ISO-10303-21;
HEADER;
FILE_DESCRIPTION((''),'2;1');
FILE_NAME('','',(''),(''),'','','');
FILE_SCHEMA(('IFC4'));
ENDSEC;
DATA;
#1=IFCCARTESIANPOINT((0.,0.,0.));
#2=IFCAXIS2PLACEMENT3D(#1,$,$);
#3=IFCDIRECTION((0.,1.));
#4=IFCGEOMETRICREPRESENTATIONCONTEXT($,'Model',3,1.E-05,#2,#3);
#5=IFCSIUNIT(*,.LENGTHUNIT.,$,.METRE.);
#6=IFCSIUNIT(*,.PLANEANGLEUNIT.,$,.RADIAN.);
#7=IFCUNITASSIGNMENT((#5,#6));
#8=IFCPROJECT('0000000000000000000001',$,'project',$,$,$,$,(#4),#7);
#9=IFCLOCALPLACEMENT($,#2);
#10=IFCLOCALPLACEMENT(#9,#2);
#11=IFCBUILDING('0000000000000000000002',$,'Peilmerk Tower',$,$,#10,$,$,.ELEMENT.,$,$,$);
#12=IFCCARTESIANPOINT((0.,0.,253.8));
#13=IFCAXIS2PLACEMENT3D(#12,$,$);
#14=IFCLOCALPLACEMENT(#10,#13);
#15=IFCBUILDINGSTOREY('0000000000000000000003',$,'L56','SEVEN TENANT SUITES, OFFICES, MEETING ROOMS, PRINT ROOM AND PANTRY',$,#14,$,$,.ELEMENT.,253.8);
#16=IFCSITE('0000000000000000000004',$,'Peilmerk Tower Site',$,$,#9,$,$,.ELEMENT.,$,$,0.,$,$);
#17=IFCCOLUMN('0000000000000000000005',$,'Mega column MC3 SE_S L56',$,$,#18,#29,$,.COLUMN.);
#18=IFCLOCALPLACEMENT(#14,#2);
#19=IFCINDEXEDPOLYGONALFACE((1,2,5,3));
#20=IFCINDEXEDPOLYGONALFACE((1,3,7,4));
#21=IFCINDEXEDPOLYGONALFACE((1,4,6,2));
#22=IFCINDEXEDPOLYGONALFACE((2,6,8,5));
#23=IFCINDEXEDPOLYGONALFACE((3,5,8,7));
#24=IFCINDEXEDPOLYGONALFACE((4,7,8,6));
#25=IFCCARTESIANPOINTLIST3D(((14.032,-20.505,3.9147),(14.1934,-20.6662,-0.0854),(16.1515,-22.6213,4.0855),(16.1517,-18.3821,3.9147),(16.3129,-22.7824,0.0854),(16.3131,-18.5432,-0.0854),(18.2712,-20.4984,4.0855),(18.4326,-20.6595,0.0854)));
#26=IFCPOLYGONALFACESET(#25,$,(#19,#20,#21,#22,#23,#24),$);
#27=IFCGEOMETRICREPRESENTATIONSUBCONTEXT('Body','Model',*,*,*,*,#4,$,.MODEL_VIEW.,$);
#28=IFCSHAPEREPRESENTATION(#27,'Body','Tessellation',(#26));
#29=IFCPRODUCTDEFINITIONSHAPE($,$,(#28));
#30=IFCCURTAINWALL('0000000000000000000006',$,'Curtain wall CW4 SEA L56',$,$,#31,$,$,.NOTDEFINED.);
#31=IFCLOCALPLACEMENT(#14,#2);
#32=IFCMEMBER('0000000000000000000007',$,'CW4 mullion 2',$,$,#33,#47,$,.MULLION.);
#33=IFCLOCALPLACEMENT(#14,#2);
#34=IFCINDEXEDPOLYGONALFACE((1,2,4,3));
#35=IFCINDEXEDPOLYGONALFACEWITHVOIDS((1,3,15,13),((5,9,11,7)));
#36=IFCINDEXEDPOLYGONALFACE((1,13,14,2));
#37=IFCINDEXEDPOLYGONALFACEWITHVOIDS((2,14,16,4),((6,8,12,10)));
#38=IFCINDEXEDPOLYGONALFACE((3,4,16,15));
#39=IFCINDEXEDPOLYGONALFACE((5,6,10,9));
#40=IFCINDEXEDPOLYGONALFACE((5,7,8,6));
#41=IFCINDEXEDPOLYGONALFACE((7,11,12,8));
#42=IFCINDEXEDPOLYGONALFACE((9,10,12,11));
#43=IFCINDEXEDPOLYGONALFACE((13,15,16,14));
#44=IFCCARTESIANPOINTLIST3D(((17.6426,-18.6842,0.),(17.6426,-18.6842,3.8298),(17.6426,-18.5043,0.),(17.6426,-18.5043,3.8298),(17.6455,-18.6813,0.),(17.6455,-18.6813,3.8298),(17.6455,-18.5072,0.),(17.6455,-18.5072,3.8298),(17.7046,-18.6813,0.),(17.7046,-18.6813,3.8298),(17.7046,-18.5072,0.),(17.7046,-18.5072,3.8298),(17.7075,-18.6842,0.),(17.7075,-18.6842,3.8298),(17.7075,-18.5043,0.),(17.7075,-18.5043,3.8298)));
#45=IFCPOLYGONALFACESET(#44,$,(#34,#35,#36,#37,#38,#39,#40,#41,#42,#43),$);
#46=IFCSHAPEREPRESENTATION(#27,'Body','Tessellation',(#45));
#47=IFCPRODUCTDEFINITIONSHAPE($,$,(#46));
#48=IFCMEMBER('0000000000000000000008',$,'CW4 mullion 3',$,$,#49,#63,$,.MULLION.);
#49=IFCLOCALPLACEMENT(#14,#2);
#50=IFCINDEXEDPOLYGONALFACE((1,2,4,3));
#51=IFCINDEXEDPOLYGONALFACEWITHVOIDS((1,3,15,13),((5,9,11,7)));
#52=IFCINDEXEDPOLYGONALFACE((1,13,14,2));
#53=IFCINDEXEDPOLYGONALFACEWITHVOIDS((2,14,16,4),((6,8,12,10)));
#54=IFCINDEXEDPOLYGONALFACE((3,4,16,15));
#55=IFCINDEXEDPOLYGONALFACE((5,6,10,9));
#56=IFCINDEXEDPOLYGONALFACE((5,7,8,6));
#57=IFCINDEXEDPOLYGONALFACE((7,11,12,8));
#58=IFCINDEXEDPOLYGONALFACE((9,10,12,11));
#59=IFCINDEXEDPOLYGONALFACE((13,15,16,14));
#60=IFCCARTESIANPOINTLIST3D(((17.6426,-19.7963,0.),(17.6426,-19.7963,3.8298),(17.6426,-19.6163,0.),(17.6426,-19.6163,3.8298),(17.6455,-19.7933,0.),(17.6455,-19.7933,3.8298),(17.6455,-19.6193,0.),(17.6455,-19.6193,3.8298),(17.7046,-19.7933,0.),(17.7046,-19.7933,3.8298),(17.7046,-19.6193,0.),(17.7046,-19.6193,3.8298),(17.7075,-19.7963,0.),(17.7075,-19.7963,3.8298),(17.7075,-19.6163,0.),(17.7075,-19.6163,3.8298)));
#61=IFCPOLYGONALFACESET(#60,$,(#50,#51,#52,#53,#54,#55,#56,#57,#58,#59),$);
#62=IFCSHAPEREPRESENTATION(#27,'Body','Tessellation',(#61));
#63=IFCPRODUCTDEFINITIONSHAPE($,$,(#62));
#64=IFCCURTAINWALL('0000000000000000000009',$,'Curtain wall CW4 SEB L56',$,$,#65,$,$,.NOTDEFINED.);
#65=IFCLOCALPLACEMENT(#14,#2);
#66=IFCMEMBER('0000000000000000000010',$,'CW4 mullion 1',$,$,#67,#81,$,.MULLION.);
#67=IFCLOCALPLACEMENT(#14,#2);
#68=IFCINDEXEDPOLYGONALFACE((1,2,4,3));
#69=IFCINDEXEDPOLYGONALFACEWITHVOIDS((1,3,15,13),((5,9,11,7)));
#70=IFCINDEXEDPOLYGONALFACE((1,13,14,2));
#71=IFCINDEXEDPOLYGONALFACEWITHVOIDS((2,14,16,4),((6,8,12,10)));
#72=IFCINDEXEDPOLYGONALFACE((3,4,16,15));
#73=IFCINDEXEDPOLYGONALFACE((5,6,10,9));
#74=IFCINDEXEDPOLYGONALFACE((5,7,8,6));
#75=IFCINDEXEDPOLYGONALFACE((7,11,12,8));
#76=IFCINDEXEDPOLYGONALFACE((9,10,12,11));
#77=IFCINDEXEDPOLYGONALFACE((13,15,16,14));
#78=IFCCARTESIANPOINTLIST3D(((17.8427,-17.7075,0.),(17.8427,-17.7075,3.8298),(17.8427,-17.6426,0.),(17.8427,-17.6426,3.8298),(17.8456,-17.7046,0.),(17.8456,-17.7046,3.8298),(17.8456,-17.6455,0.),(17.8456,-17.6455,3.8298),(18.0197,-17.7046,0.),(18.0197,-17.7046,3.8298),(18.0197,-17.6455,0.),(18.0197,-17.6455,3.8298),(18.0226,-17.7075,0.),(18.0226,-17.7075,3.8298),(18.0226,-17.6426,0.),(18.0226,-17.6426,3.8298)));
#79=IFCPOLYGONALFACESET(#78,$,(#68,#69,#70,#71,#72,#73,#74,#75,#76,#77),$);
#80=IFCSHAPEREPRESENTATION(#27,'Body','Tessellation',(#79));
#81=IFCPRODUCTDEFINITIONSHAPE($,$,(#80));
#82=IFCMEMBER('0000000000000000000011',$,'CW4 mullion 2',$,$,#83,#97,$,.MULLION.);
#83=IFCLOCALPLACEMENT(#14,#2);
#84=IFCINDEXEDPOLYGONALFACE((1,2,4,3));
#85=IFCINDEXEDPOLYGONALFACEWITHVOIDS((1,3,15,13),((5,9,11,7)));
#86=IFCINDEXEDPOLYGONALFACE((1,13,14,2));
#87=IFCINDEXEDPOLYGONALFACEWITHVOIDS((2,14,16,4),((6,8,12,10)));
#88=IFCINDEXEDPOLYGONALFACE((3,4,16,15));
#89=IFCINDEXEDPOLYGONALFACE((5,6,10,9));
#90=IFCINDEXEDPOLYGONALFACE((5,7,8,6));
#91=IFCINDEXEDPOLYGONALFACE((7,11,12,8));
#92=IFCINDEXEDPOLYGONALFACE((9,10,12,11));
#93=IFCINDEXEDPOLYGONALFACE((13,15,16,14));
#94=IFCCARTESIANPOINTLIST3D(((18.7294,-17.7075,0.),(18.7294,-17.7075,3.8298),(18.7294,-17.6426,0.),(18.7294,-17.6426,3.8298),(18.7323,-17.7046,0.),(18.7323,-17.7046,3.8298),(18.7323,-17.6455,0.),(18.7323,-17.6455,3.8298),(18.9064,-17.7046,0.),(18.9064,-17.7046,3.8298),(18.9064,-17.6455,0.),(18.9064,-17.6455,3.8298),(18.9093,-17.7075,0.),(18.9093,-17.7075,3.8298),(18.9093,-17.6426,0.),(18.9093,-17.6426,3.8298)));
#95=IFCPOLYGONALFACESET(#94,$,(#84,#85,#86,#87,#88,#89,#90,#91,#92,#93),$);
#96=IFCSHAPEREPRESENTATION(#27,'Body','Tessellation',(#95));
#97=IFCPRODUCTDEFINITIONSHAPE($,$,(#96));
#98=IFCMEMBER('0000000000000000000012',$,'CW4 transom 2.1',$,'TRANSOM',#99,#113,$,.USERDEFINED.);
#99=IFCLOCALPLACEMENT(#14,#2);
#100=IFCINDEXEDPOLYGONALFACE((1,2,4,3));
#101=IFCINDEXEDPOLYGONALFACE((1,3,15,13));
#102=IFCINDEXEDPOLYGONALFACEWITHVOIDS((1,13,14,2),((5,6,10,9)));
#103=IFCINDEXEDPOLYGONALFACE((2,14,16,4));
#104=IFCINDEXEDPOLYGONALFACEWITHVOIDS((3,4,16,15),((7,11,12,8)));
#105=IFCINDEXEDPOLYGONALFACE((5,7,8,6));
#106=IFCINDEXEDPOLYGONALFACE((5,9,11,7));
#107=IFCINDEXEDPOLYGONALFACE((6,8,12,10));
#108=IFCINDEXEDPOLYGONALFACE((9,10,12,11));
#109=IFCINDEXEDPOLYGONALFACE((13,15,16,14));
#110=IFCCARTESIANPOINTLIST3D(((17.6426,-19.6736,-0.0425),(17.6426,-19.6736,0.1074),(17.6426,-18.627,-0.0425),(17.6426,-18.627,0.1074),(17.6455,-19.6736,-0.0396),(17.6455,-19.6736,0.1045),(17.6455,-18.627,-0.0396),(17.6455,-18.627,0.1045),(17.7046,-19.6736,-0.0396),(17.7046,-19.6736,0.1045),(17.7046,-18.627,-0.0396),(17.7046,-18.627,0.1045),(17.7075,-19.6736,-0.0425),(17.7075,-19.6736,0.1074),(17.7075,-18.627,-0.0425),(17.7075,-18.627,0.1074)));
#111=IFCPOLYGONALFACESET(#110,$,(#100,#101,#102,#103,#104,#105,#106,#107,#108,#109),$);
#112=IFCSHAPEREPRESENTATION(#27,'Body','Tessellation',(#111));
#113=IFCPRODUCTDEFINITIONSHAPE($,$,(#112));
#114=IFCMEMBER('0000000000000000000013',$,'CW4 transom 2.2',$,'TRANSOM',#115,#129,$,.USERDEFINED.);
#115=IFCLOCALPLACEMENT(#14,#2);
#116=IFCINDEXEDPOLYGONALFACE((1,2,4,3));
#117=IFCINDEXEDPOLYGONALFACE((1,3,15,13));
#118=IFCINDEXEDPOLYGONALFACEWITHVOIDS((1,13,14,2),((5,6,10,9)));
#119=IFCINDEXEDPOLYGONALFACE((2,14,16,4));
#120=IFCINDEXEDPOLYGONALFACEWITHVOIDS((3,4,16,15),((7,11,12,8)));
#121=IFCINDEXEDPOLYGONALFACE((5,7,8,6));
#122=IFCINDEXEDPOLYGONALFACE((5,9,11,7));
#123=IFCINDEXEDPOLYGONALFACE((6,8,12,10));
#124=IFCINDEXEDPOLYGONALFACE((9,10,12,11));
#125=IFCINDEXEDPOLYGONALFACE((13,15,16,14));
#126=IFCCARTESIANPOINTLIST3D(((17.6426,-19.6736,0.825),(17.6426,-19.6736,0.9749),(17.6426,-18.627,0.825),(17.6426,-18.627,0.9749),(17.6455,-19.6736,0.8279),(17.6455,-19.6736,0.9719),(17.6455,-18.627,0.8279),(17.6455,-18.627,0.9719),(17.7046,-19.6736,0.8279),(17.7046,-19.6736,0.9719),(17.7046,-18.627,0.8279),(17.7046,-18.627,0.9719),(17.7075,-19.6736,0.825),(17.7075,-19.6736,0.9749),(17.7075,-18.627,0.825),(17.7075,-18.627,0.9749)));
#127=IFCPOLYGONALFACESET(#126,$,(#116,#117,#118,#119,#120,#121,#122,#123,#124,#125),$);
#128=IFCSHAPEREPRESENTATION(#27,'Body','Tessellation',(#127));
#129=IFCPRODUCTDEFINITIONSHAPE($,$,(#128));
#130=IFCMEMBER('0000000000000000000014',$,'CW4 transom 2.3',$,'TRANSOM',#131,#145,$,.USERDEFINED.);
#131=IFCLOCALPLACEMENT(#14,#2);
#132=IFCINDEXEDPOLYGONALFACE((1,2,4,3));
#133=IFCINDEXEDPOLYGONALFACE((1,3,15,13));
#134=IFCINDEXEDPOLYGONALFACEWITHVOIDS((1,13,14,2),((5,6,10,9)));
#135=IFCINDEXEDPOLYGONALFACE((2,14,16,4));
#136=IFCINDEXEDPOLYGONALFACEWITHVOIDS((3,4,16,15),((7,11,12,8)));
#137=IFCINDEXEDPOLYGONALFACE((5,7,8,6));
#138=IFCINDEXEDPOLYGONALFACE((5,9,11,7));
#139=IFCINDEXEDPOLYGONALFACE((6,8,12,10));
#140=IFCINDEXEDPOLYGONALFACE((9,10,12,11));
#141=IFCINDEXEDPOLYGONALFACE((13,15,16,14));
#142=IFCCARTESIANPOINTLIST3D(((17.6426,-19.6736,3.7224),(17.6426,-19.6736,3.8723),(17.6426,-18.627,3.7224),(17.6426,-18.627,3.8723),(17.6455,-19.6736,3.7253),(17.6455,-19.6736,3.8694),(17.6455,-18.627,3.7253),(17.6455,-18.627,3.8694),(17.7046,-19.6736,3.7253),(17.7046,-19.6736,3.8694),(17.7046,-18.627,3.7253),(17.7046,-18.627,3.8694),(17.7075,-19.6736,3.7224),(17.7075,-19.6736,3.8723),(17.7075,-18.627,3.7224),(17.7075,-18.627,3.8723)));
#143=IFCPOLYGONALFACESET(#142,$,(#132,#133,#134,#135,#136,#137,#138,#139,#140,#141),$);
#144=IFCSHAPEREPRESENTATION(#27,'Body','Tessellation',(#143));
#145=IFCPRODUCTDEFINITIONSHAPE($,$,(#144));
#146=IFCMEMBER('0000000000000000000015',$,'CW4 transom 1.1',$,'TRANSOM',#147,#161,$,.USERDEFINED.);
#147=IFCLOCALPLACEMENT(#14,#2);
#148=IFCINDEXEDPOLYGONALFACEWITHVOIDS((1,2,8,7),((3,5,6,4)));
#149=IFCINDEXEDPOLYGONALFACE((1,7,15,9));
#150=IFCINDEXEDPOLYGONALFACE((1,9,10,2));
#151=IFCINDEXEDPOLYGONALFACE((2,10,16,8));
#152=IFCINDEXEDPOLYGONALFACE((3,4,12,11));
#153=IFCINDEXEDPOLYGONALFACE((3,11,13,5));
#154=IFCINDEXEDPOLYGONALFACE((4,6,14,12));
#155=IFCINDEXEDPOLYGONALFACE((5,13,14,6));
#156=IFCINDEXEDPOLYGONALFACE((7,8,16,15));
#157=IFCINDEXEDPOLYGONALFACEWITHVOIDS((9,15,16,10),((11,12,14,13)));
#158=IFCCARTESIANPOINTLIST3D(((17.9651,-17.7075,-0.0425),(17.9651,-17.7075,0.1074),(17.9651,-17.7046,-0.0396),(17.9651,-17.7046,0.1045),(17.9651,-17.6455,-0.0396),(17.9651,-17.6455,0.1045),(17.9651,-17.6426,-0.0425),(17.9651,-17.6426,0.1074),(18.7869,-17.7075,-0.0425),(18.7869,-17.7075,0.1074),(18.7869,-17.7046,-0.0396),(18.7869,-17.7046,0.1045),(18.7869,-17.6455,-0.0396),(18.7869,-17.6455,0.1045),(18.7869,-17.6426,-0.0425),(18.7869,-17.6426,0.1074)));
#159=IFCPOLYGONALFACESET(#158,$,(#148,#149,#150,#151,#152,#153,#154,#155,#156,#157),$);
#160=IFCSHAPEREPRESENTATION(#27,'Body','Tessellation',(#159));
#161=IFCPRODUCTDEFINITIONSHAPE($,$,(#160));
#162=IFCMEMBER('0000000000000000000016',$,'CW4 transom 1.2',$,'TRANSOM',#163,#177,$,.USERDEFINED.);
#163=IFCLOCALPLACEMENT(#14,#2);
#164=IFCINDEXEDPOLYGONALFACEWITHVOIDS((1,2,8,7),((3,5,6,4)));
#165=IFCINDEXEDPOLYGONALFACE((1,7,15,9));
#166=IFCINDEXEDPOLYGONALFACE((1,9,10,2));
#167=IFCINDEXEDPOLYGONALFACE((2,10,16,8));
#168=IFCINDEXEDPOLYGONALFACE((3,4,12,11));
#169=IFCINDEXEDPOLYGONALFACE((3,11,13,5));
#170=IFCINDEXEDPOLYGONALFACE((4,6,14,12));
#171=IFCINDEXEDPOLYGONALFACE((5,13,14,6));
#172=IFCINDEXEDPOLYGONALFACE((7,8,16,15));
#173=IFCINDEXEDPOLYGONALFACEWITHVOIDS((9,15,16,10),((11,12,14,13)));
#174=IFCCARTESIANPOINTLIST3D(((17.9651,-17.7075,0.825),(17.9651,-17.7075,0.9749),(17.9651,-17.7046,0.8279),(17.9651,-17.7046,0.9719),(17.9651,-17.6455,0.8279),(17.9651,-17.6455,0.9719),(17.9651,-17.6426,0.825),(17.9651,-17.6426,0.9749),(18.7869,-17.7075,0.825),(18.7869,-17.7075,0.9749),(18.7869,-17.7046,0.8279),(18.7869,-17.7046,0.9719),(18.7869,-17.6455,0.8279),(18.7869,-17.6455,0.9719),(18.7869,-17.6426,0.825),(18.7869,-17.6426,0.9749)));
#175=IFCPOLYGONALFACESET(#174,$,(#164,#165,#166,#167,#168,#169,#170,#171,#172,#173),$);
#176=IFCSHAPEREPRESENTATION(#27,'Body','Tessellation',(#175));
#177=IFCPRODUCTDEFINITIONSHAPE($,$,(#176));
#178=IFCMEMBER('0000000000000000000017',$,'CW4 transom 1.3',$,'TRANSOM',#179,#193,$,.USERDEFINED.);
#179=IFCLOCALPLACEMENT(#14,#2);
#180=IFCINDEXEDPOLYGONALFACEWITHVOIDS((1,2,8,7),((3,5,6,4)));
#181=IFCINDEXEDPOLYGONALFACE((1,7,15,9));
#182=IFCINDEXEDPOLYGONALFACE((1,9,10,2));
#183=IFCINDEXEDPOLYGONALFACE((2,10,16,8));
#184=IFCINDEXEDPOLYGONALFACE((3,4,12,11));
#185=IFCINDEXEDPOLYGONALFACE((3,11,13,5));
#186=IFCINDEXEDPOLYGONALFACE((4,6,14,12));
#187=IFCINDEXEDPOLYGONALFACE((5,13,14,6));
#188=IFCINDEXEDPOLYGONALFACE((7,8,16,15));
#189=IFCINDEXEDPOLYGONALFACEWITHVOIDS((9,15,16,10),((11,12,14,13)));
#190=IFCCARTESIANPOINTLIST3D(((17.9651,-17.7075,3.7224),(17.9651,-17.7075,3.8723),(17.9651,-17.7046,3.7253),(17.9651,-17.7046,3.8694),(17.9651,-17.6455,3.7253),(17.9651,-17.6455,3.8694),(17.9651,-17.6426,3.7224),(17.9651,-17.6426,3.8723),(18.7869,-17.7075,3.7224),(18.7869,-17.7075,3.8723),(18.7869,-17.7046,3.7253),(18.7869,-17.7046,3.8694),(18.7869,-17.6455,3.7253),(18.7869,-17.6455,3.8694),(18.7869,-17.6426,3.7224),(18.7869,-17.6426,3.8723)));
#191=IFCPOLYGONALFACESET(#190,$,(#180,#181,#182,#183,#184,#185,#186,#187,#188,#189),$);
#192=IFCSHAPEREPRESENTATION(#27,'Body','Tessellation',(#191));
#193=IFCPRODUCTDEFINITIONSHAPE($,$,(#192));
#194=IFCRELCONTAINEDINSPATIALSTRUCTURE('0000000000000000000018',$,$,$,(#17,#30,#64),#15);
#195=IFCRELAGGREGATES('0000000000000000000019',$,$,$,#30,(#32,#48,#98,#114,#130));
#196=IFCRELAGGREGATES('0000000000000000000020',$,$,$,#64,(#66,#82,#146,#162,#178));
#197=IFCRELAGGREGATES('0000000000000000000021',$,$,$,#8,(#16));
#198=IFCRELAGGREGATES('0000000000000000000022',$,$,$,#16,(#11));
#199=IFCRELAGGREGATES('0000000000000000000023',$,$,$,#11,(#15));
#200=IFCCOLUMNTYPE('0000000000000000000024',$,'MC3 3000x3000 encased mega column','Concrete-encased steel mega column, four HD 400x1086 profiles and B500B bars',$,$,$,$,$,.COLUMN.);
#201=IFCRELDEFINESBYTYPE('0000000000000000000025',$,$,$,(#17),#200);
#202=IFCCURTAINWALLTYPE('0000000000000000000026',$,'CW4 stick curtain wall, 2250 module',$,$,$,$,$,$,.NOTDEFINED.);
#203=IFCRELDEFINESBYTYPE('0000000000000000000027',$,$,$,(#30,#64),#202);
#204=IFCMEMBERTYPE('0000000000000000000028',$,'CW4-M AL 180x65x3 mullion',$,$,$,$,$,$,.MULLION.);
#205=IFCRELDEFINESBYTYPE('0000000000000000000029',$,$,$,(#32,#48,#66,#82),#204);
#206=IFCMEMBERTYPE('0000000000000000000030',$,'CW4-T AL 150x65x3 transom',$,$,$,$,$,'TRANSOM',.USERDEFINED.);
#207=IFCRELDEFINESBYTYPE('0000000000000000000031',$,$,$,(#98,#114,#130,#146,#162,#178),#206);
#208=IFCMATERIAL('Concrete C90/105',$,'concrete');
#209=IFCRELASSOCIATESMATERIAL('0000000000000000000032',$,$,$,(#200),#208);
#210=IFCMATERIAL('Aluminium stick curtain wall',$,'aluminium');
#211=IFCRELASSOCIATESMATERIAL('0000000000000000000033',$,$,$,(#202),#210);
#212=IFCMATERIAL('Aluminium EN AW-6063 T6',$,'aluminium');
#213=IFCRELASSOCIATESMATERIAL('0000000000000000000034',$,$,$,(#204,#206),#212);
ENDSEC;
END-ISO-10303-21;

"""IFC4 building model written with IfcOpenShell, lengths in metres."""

from ifc_helpers import new_model, si_unit, direction, frame, origin, origin_2d, place, context, subcontext, project, spatial, rectangle, hollow_rectangle, extrude, material, material_profile, profile_set, type_object, element, aggregate, save


model = new_model("IFC4")

# Units and contexts
model_context = context("Model", 3, precision=1e-05, world=origin(), true_north=direction((0.0, 1.0)))
body_context = subcontext(model_context, "Body", "Model", "MODEL_VIEW")
ifc_project = project(units=[si_unit("LENGTHUNIT", "METRE"), si_unit("PLANEANGLEUNIT", "RADIAN")], contexts=[model_context])

# Site, building, storey
site_placement = place(None, origin())
site = spatial("IfcSite", under=ifc_project, at=site_placement, Name="Peilmerk Tower Site", CompositionType="ELEMENT", RefElevation=0.0)
building_placement = place(site_placement, origin())
building = spatial("IfcBuilding", under=site, at=building_placement, Name="Peilmerk Tower", CompositionType="ELEMENT")
storey_placement = place(building_placement, frame((0.0, 0.0, 253.8)))
storey = spatial("IfcBuildingStorey", under=building, at=storey_placement, Name="L56", Description="SEVEN TENANT SUITES, OFFICES, MEETING ROOMS, PRINT ROOM AND PANTRY", CompositionType="ELEMENT", Elevation=253.8)

# Column
ifc_material_1 = material(Name="Concrete C90/105", Category="concrete")
ifc_material_profile_1 = material_profile(ifc_material_1, rectangle(XDim=3.0, YDim=3.0, at=origin_2d()), Name="RC 3000x3000")
ifc_profile_set_1 = profile_set([ifc_material_profile_1], Name="Concrete C90/105")
column_type = type_object("IfcColumnType", Name="MC3 3000x3000 encased mega column", Description="Concrete-encased steel mega column, four HD 400x1086 profiles and B500B bars", PredefinedType="COLUMN", material=ifc_profile_set_1)
column_placement = place(storey_placement, frame((16.313, -20.6628, 0.0), z_axis=(-0.040279, 0.040218, 0.998379), x_axis=(-0.706571, -0.707642, 0.0)))
element("IfcColumn", 1, at=column_placement, inside=storey, type_object=column_type, Name="Mega column MC3 SE_S L56", PredefinedType="COLUMN", context=body_context, shape_type="SweptSolid", body=[
    extrude(rectangle(XDim=3.0, YDim=3.0, at=origin_2d()), origin(), (0.0, 0.0, 1.0), 4.0066),
])

# Curtain walls, members
ifc_material_2 = material(Name="Aluminium stick curtain wall", Category="aluminium")
curtain_wall_type = type_object("IfcCurtainWallType", Name="CW4 stick curtain wall, 2250 module", PredefinedType="NOTDEFINED", material=ifc_material_2)
curtain_wall_1_placement = place(storey_placement, origin())
curtain_wall_1 = element("IfcCurtainWall", 2, at=curtain_wall_1_placement, inside=storey, type_object=curtain_wall_type, Name="Curtain wall CW4 SEA L56", PredefinedType="NOTDEFINED")
ifc_material_3 = material(Name="Aluminium EN AW-6063 T6", Category="aluminium")
ifc_material_profile_2 = material_profile(ifc_material_3, hollow_rectangle(XDim=0.0649, YDim=0.1799, WallThickness=0.0029, at=origin_2d()), Name="AL 180x65x3")
ifc_profile_set_2 = profile_set([ifc_material_profile_2], Name="Aluminium EN AW-6063 T6")
member_type_1 = type_object("IfcMemberType", Name="CW4-M AL 180x65x3 mullion", PredefinedType="MULLION", material=ifc_profile_set_2)
member_1_placement = place(storey_placement, frame((17.675, -18.5942, 0.0), z_axis=(0.0, 0.0, 1.0), x_axis=(1.0, 0.0, 0.0)))
member_1 = element("IfcMember", 3, at=member_1_placement, type_object=member_type_1, Name="CW4 mullion 2", PredefinedType="MULLION", context=body_context, shape_type="SweptSolid", body=[
    extrude(hollow_rectangle(XDim=0.0649, YDim=0.1799, WallThickness=0.0029, at=origin_2d()), origin(), (0.0, 0.0, 1.0), 3.8298),
])
member_2_placement = place(storey_placement, frame((17.675, -19.7063, 0.0), z_axis=(0.0, 0.0, 1.0), x_axis=(1.0, 0.0, 0.0)))
member_2 = element("IfcMember", 4, at=member_2_placement, type_object=member_type_1, Name="CW4 mullion 3", PredefinedType="MULLION", context=body_context, shape_type="SweptSolid", body=[
    extrude(hollow_rectangle(XDim=0.0649, YDim=0.1799, WallThickness=0.0029, at=origin_2d()), origin(), (0.0, 0.0, 1.0), 3.8298),
])
curtain_wall_2_placement = place(storey_placement, origin())
curtain_wall_2 = element("IfcCurtainWall", 5, at=curtain_wall_2_placement, inside=storey, type_object=curtain_wall_type, Name="Curtain wall CW4 SEB L56", PredefinedType="NOTDEFINED")
member_3_placement = place(storey_placement, frame((17.9326, -17.675, 0.0), z_axis=(0.0, 0.0, 1.0), x_axis=(0.0, 1.0, 0.0)))
member_3 = element("IfcMember", 6, at=member_3_placement, type_object=member_type_1, Name="CW4 mullion 1", PredefinedType="MULLION", context=body_context, shape_type="SweptSolid", body=[
    extrude(hollow_rectangle(XDim=0.0649, YDim=0.1799, WallThickness=0.0029, at=origin_2d()), origin(), (0.0, 0.0, 1.0), 3.8298),
])
member_4_placement = place(storey_placement, frame((18.8193, -17.675, 0.0), z_axis=(0.0, 0.0, 1.0), x_axis=(0.0, 1.0, 0.0)))
member_4 = element("IfcMember", 7, at=member_4_placement, type_object=member_type_1, Name="CW4 mullion 2", PredefinedType="MULLION", context=body_context, shape_type="SweptSolid", body=[
    extrude(hollow_rectangle(XDim=0.0649, YDim=0.1799, WallThickness=0.0029, at=origin_2d()), origin(), (0.0, 0.0, 1.0), 3.8298),
])

# Members
ifc_material_profile_3 = material_profile(ifc_material_3, hollow_rectangle(XDim=0.0649, YDim=0.1499, WallThickness=0.0029, at=origin_2d()), Name="AL 150x65x3")
ifc_profile_set_3 = profile_set([ifc_material_profile_3], Name="Aluminium EN AW-6063 T6")
member_type_2 = type_object("IfcMemberType", Name="CW4-T AL 150x65x3 transom", ElementType="TRANSOM", PredefinedType="USERDEFINED", material=ifc_profile_set_3)
member_5_placement = place(storey_placement, frame((17.675, -18.627, 0.0325), z_axis=(0.0, -1.0, 0.0), x_axis=(1.0, 0.0, 0.0)))
member_5 = element("IfcMember", 8, at=member_5_placement, type_object=member_type_2, Name="CW4 transom 2.1", ObjectType="TRANSOM", PredefinedType="USERDEFINED", context=body_context, shape_type="SweptSolid", body=[
    extrude(hollow_rectangle(XDim=0.0649, YDim=0.1499, WallThickness=0.0029, at=origin_2d()), origin(), (0.0, 0.0, 1.0), 1.0466),
])
member_6_placement = place(storey_placement, frame((17.675, -18.627, 0.8999), z_axis=(0.0, -1.0, 0.0), x_axis=(1.0, 0.0, 0.0)))
member_6 = element("IfcMember", 9, at=member_6_placement, type_object=member_type_2, Name="CW4 transom 2.2", ObjectType="TRANSOM", PredefinedType="USERDEFINED", context=body_context, shape_type="SweptSolid", body=[
    extrude(hollow_rectangle(XDim=0.0649, YDim=0.1499, WallThickness=0.0029, at=origin_2d()), origin(), (0.0, 0.0, 1.0), 1.0466),
])
member_7_placement = place(storey_placement, frame((17.675, -18.627, 3.7974), z_axis=(0.0, -1.0, 0.0), x_axis=(1.0, 0.0, 0.0)))
member_7 = element("IfcMember", 10, at=member_7_placement, type_object=member_type_2, Name="CW4 transom 2.3", ObjectType="TRANSOM", PredefinedType="USERDEFINED", context=body_context, shape_type="SweptSolid", body=[
    extrude(hollow_rectangle(XDim=0.0649, YDim=0.1499, WallThickness=0.0029, at=origin_2d()), origin(), (0.0, 0.0, 1.0), 1.0466),
])
member_8_placement = place(storey_placement, frame((17.9651, -17.675, 0.0325), z_axis=(1.0, 0.0, 0.0), x_axis=(0.0, 1.0, 0.0)))
member_8 = element("IfcMember", 11, at=member_8_placement, type_object=member_type_2, Name="CW4 transom 1.1", ObjectType="TRANSOM", PredefinedType="USERDEFINED", context=body_context, shape_type="SweptSolid", body=[
    extrude(hollow_rectangle(XDim=0.0649, YDim=0.1499, WallThickness=0.0029, at=origin_2d()), origin(), (0.0, 0.0, 1.0), 0.8218),
])
member_9_placement = place(storey_placement, frame((17.9651, -17.675, 0.8999), z_axis=(1.0, 0.0, 0.0), x_axis=(0.0, 1.0, 0.0)))
member_9 = element("IfcMember", 12, at=member_9_placement, type_object=member_type_2, Name="CW4 transom 1.2", ObjectType="TRANSOM", PredefinedType="USERDEFINED", context=body_context, shape_type="SweptSolid", body=[
    extrude(hollow_rectangle(XDim=0.0649, YDim=0.1499, WallThickness=0.0029, at=origin_2d()), origin(), (0.0, 0.0, 1.0), 0.8218),
])
member_10_placement = place(storey_placement, frame((17.9651, -17.675, 3.7974), z_axis=(1.0, 0.0, 0.0), x_axis=(0.0, 1.0, 0.0)))
member_10 = element("IfcMember", 13, at=member_10_placement, type_object=member_type_2, Name="CW4 transom 1.3", ObjectType="TRANSOM", PredefinedType="USERDEFINED", context=body_context, shape_type="SweptSolid", body=[
    extrude(hollow_rectangle(XDim=0.0649, YDim=0.1499, WallThickness=0.0029, at=origin_2d()), origin(), (0.0, 0.0, 1.0), 0.8218),
])

aggregate(curtain_wall_1, [member_1, member_2, member_5, member_6, member_7])
aggregate(curtain_wall_2, [member_3, member_4, member_8, member_9, member_10])

save(model, "model.ifc")
